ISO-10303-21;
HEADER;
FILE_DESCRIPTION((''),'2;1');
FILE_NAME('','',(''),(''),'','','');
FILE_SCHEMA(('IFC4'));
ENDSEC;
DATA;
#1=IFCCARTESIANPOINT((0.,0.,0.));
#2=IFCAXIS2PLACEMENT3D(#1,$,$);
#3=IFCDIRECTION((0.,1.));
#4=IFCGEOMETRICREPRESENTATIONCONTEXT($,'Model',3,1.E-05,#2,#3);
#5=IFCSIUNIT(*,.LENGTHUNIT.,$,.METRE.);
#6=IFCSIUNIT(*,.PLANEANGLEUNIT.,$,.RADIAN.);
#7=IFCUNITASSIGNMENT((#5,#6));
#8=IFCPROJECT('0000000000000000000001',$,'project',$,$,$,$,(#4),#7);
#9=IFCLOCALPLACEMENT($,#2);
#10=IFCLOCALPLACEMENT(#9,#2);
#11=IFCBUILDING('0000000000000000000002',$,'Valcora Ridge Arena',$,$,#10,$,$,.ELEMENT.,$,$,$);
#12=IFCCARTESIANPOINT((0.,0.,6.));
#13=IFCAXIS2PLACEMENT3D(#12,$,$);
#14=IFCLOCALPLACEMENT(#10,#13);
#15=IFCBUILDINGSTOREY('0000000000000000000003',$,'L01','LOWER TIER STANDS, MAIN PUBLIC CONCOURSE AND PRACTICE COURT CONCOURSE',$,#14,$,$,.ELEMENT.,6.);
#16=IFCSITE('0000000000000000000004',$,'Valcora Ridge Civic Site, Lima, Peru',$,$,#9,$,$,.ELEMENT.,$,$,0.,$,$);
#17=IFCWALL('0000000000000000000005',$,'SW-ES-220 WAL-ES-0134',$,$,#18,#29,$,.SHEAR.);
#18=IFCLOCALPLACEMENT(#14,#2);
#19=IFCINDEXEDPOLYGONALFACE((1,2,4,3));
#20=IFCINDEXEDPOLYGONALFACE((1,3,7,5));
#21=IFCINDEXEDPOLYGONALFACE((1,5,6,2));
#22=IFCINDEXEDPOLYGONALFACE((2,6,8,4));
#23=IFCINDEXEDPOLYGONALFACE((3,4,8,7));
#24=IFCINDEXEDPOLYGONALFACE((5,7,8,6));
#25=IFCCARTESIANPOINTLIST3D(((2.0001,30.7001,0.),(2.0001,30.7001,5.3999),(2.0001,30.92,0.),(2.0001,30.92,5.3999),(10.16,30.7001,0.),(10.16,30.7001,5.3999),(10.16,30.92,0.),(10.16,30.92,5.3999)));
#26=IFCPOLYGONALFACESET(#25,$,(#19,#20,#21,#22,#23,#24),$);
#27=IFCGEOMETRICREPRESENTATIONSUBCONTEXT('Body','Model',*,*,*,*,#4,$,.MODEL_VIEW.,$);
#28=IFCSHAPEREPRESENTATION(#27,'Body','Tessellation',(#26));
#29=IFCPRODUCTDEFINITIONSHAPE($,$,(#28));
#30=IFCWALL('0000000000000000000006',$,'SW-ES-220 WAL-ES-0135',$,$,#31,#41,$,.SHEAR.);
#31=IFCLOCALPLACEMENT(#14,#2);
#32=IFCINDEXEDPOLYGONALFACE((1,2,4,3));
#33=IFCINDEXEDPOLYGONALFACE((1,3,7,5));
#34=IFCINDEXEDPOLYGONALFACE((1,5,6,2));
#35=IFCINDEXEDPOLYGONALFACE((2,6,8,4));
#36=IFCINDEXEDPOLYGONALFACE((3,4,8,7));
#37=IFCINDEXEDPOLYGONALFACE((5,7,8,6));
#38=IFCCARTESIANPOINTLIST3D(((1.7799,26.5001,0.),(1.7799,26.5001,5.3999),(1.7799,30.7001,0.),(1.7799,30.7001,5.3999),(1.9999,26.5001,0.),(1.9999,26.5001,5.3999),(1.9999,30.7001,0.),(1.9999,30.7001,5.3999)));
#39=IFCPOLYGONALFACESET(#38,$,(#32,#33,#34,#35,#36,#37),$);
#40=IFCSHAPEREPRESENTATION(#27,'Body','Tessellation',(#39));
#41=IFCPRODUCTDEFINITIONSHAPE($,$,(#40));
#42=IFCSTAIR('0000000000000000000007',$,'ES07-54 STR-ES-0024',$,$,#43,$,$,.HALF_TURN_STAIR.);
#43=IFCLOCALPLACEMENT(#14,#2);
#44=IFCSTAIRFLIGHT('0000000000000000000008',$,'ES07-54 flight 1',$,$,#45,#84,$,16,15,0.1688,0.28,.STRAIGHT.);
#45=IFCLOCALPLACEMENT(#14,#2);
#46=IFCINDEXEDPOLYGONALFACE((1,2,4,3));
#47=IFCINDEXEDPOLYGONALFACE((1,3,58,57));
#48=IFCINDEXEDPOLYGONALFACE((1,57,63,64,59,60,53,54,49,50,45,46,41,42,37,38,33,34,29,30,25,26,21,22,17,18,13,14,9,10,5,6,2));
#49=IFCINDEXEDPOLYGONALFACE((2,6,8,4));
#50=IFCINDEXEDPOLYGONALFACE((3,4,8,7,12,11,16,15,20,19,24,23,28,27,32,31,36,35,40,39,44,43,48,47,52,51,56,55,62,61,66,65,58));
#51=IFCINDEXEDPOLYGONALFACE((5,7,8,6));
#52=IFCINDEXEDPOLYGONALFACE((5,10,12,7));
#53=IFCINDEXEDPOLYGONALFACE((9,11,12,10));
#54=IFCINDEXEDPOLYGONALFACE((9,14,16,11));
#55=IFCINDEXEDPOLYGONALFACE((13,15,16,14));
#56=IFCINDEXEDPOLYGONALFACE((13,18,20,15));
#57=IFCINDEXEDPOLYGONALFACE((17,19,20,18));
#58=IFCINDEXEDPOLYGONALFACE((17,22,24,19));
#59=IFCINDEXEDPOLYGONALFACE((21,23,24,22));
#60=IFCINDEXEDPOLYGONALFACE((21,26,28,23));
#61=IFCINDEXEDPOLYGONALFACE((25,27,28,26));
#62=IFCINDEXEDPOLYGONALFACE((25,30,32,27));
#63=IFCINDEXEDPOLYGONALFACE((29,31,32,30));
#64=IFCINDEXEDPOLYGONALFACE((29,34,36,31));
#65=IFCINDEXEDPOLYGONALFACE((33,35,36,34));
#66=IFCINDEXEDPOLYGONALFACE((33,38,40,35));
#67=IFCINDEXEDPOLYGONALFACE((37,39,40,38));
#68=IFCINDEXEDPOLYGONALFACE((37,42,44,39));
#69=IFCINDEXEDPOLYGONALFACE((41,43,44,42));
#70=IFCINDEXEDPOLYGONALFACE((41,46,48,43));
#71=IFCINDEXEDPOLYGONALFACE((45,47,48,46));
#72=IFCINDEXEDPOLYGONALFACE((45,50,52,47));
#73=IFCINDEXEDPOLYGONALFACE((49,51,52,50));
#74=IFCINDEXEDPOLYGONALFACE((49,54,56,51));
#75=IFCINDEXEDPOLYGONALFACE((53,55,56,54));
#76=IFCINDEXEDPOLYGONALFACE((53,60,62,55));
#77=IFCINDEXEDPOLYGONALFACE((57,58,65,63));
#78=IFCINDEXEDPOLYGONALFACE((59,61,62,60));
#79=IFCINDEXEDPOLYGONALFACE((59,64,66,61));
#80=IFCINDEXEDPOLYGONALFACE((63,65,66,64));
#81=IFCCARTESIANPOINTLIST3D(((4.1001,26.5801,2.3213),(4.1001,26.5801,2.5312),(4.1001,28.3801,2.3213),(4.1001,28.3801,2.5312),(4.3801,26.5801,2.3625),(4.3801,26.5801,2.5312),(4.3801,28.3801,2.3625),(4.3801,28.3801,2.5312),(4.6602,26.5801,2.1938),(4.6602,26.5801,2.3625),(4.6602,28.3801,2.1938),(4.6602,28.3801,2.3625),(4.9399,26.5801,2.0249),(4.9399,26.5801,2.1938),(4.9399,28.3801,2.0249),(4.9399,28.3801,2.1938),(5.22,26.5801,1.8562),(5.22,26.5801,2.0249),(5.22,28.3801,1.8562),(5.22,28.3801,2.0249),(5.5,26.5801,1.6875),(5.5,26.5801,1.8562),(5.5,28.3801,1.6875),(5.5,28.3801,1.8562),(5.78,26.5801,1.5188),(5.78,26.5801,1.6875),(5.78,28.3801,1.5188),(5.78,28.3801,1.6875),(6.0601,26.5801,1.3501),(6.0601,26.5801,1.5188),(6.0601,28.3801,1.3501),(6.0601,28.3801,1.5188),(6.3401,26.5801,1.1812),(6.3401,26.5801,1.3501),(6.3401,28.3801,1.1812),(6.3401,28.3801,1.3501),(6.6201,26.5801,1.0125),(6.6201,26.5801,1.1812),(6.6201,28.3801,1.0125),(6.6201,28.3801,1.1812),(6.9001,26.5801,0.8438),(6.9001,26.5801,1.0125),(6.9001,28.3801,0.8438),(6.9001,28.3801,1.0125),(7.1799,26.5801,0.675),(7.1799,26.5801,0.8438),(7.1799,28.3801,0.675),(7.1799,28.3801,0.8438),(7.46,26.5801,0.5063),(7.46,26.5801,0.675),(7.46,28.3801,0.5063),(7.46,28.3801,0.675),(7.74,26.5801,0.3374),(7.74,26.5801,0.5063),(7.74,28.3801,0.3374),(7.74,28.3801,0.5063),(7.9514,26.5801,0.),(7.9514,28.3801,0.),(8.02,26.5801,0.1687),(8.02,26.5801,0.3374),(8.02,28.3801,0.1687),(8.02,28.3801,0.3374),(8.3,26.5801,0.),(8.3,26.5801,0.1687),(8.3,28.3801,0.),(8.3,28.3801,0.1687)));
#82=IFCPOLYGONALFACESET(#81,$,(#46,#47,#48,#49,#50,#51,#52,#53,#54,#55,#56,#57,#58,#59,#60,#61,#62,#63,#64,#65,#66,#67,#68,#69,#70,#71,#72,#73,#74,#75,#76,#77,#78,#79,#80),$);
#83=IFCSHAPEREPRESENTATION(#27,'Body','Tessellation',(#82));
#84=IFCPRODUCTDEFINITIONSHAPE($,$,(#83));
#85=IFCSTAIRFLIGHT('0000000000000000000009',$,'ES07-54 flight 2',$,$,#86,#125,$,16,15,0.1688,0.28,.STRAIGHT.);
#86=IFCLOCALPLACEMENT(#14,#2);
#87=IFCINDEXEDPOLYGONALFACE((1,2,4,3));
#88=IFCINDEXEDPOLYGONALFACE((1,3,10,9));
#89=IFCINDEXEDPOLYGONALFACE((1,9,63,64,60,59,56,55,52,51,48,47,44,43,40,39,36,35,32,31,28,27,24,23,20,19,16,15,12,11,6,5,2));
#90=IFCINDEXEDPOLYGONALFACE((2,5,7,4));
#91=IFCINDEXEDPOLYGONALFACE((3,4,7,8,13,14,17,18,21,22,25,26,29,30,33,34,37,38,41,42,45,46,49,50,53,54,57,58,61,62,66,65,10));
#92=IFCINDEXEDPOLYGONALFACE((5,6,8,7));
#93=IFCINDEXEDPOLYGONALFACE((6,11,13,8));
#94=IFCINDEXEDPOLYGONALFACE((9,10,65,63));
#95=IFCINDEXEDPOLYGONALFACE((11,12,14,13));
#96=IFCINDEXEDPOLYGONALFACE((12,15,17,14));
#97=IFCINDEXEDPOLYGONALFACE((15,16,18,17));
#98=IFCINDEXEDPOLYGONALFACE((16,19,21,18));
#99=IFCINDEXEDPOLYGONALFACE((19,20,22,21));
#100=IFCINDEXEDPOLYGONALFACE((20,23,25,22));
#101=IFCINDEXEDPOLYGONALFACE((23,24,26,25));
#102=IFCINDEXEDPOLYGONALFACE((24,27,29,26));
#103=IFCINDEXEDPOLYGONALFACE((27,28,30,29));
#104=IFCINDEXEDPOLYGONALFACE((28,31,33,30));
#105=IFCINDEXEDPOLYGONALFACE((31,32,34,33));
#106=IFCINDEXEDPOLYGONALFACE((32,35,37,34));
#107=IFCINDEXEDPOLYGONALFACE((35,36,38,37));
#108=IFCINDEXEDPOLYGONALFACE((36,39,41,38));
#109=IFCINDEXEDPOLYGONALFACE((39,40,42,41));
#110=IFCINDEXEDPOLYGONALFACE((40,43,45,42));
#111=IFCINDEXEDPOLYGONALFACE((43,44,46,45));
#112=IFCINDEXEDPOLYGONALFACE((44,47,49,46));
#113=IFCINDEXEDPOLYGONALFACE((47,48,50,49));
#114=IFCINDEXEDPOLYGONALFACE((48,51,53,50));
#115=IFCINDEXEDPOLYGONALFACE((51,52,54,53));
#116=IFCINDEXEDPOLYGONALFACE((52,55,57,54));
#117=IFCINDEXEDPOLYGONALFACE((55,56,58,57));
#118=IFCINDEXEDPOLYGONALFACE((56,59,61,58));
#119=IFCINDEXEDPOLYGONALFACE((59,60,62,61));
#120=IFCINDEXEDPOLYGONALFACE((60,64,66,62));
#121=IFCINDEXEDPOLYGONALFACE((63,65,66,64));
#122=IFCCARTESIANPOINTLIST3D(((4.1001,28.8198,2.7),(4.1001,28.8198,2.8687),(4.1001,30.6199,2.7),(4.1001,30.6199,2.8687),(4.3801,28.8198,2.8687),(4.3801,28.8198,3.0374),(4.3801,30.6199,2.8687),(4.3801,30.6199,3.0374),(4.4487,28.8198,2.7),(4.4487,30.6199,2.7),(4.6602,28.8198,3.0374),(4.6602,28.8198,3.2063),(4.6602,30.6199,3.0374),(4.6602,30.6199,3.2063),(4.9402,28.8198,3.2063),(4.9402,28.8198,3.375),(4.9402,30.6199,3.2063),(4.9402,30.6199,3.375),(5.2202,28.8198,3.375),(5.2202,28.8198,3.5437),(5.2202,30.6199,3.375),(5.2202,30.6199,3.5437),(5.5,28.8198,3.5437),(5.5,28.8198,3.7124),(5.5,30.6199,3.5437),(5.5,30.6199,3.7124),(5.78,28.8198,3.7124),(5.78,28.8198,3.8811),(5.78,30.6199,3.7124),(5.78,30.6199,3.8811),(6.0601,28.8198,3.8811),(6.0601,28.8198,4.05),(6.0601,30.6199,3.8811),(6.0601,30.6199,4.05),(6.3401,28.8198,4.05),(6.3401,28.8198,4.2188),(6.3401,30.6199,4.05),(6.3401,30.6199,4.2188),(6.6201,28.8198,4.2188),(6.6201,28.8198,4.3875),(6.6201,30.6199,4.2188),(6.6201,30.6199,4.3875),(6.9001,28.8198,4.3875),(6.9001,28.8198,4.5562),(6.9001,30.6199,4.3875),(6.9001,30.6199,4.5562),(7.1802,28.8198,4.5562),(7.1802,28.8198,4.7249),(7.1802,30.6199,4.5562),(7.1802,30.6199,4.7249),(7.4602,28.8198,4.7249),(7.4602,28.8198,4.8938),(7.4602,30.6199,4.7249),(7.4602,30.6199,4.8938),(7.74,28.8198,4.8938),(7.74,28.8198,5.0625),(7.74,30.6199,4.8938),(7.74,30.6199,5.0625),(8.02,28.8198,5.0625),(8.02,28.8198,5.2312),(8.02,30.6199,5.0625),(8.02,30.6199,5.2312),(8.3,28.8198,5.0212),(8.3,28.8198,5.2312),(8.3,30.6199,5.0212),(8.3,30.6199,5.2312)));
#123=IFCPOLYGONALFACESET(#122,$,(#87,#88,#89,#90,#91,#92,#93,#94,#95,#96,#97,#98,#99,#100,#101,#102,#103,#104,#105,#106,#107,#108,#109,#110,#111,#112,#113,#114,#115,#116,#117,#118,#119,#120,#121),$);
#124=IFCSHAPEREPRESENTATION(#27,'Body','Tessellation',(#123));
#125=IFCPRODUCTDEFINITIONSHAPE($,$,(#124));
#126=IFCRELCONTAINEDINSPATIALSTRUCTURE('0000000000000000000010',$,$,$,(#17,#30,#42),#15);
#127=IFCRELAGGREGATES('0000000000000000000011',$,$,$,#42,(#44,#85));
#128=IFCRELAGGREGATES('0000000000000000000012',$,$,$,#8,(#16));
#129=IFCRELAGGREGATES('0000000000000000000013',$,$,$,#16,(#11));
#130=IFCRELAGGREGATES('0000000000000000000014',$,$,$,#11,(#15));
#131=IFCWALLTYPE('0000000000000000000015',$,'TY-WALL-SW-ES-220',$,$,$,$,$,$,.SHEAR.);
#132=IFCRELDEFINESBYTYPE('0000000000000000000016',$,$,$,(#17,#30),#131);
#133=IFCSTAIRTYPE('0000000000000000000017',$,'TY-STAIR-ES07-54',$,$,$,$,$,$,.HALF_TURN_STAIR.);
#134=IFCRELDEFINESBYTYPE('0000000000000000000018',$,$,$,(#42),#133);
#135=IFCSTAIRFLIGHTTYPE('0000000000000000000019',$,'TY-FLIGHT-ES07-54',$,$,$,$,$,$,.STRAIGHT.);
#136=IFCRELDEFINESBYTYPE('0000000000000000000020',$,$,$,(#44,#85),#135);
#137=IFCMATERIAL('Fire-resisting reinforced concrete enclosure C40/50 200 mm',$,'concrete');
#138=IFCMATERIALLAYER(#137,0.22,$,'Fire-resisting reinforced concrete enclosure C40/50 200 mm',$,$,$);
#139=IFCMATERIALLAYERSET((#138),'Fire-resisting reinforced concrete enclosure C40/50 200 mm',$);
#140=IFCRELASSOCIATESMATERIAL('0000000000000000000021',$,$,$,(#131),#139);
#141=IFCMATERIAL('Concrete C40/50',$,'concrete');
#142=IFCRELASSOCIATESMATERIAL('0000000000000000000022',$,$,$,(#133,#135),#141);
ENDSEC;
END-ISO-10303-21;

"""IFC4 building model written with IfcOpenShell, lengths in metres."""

from ifc_helpers import new_model, si_unit, direction, frame, frame_2d, origin, place, context, subcontext, project, spatial, polyline, rectangle, outline, extrude, material, layer, layer_set, type_object, element, aggregate, save


model = new_model("IFC4")

# Units and contexts
model_context = context("Model", 3, precision=1e-05, world=origin(), true_north=direction((0.0, 1.0)))
body_context = subcontext(model_context, "Body", "Model", "MODEL_VIEW")
ifc_project = project(units=[si_unit("LENGTHUNIT", "METRE"), si_unit("PLANEANGLEUNIT", "RADIAN")], contexts=[model_context])

# Site, building, storey
site_placement = place(None, origin())
site = spatial("IfcSite", under=ifc_project, at=site_placement, Name="Valcora Ridge Civic Site, Lima, Peru", CompositionType="ELEMENT", RefElevation=0.0)
building_placement = place(site_placement, origin())
building = spatial("IfcBuilding", under=site, at=building_placement, Name="Valcora Ridge Arena", CompositionType="ELEMENT")
storey_placement = place(building_placement, frame((0.0, 0.0, 6.0)))
storey = spatial("IfcBuildingStorey", under=building, at=storey_placement, Name="L01", Description="LOWER TIER STANDS, MAIN PUBLIC CONCOURSE AND PRACTICE COURT CONCOURSE", CompositionType="ELEMENT", Elevation=6.0)

# Shared definitions
ifc_material_1 = material(Name="Concrete C40/50", Category="concrete")

# Walls
ifc_material_2 = material(Name="Fire-resisting reinforced concrete enclosure C40/50 200 mm", Category="concrete")
ifc_layer_1 = layer(ifc_material_2, 0.22, Name="Fire-resisting reinforced concrete enclosure C40/50 200 mm")
ifc_layer_set_1 = layer_set([ifc_layer_1], Name="Fire-resisting reinforced concrete enclosure C40/50 200 mm")
wall_type_1 = type_object("IfcWallType", Name="TY-WALL-SW-ES-220", PredefinedType="SHEAR", material=ifc_layer_set_1)
wall_1_placement = place(storey_placement, frame((2.0, 30.8101, 0.0), z_axis=(0.0, 0.0, 1.0), x_axis=(1.0, 0.0, 0.0)))
element("IfcWall", 1, at=wall_1_placement, inside=storey, type_object=wall_type_1, Name="SW-ES-220 WAL-ES-0134", PredefinedType="SHEAR", context=body_context, shape_type="SweptSolid", body=[
    extrude(rectangle(XDim=8.1599, YDim=0.22, at=frame_2d((4.0801, 0.0))), origin(), (0.0, 0.0, 1.0), 5.3999),
])
wall_2_placement = place(storey_placement, frame((1.8899, 26.5, 0.0), z_axis=(0.0, 0.0, 1.0), x_axis=(0.0, 1.0, 0.0)))
element("IfcWall", 2, at=wall_2_placement, inside=storey, type_object=wall_type_1, Name="SW-ES-220 WAL-ES-0135", PredefinedType="SHEAR", context=body_context, shape_type="SweptSolid", body=[
    extrude(rectangle(XDim=4.2, YDim=0.22, at=frame_2d((2.1001, 0.0))), origin(), (0.0, 0.0, 1.0), 5.3999),
])

# Stair, stair flights
stair_type = type_object("IfcStairType", Name="TY-STAIR-ES07-54", PredefinedType="HALF_TURN_STAIR", material=ifc_material_1)
stair_placement = place(storey_placement, origin())
stair = element("IfcStair", 3, at=stair_placement, inside=storey, type_object=stair_type, Name="ES07-54 STR-ES-0024", PredefinedType="HALF_TURN_STAIR")
stair_flight_type = type_object("IfcStairFlightType", Name="TY-FLIGHT-ES07-54", PredefinedType="STRAIGHT", material=ifc_material_1)
stair_flight_1_placement = place(storey_placement, frame((8.3, 27.48, 0.0), z_axis=(0.0, 0.0, 1.0), x_axis=(-1.0, 0.0, 0.0)))
stair_flight_1 = element("IfcStairFlight", 4, at=stair_flight_1_placement, type_object=stair_flight_type, Name="ES07-54 flight 1", NumberOfRisers=16, NumberOfTreads=15, PredefinedType="STRAIGHT", RiserHeight=0.1688, TreadLength=0.28, context=body_context, shape_type="SweptSolid", body=[
    extrude(outline(polyline([(0.0, 0.0), (0.0, 0.1687), (0.28, 0.1687), (0.28, 0.3374), (0.5601, 0.3374), (0.5601, 0.5063), (0.8401, 0.5063), (0.8401, 0.675), (1.1201, 0.675), (1.1201, 0.8438), (1.3999, 0.8438), (1.3999, 1.0125), (1.6799, 1.0125), (1.6799, 1.1812), (1.96, 1.1812), (1.96, 1.3501), (2.24, 1.3501), (2.24, 1.5188), (2.52, 1.5188), (2.52, 1.6875), (2.8, 1.6875), (2.8, 1.8562), (3.0801, 1.8562), (3.0801, 2.0249), (3.3601, 2.0249), (3.3601, 2.1938), (3.6399, 2.1938), (3.6399, 2.3625), (3.9199, 2.3625), (3.9199, 2.5312), (4.2, 2.5312), (4.2, 2.7), (4.2, 2.3213), (0.3486, 0.0), (0.0, 0.0)])), frame((0.0, 0.8999, 0.0), z_axis=(0.0, -1.0, 0.0), x_axis=(1.0, 0.0, 0.0)), (0.0, 0.0, 1.0), 1.8),
])
stair_flight_2_placement = place(storey_placement, frame((4.1001, 29.72, 2.7), z_axis=(0.0, 0.0, 1.0), x_axis=(1.0, 0.0, 0.0)))
stair_flight_2 = element("IfcStairFlight", 5, at=stair_flight_2_placement, type_object=stair_flight_type, Name="ES07-54 flight 2", NumberOfRisers=16, NumberOfTreads=15, PredefinedType="STRAIGHT", RiserHeight=0.1688, TreadLength=0.28, context=body_context, shape_type="SweptSolid", body=[
    extrude(outline(polyline([(0.0, 0.0), (0.0, 0.1687), (0.28, 0.1687), (0.28, 0.3374), (0.5601, 0.3374), (0.5601, 0.5063), (0.8401, 0.5063), (0.8401, 0.675), (1.1201, 0.675), (1.1201, 0.8438), (1.3999, 0.8438), (1.3999, 1.0125), (1.6799, 1.0125), (1.6799, 1.1812), (1.96, 1.1812), (1.96, 1.3501), (2.24, 1.3501), (2.24, 1.5188), (2.52, 1.5188), (2.52, 1.6875), (2.8, 1.6875), (2.8, 1.8562), (3.0801, 1.8562), (3.0801, 2.0249), (3.3601, 2.0249), (3.3601, 2.1938), (3.6399, 2.1938), (3.6399, 2.3625), (3.9199, 2.3625), (3.9199, 2.5312), (4.2, 2.5312), (4.2, 2.7), (4.2, 2.3213), (0.3486, 0.0), (0.0, 0.0)])), frame((0.0, 0.8999, 0.0), z_axis=(0.0, -1.0, 0.0), x_axis=(1.0, 0.0, 0.0)), (0.0, 0.0, 1.0), 1.8),
])
aggregate(stair, [stair_flight_1, stair_flight_2])

save(model, "model.ifc")
